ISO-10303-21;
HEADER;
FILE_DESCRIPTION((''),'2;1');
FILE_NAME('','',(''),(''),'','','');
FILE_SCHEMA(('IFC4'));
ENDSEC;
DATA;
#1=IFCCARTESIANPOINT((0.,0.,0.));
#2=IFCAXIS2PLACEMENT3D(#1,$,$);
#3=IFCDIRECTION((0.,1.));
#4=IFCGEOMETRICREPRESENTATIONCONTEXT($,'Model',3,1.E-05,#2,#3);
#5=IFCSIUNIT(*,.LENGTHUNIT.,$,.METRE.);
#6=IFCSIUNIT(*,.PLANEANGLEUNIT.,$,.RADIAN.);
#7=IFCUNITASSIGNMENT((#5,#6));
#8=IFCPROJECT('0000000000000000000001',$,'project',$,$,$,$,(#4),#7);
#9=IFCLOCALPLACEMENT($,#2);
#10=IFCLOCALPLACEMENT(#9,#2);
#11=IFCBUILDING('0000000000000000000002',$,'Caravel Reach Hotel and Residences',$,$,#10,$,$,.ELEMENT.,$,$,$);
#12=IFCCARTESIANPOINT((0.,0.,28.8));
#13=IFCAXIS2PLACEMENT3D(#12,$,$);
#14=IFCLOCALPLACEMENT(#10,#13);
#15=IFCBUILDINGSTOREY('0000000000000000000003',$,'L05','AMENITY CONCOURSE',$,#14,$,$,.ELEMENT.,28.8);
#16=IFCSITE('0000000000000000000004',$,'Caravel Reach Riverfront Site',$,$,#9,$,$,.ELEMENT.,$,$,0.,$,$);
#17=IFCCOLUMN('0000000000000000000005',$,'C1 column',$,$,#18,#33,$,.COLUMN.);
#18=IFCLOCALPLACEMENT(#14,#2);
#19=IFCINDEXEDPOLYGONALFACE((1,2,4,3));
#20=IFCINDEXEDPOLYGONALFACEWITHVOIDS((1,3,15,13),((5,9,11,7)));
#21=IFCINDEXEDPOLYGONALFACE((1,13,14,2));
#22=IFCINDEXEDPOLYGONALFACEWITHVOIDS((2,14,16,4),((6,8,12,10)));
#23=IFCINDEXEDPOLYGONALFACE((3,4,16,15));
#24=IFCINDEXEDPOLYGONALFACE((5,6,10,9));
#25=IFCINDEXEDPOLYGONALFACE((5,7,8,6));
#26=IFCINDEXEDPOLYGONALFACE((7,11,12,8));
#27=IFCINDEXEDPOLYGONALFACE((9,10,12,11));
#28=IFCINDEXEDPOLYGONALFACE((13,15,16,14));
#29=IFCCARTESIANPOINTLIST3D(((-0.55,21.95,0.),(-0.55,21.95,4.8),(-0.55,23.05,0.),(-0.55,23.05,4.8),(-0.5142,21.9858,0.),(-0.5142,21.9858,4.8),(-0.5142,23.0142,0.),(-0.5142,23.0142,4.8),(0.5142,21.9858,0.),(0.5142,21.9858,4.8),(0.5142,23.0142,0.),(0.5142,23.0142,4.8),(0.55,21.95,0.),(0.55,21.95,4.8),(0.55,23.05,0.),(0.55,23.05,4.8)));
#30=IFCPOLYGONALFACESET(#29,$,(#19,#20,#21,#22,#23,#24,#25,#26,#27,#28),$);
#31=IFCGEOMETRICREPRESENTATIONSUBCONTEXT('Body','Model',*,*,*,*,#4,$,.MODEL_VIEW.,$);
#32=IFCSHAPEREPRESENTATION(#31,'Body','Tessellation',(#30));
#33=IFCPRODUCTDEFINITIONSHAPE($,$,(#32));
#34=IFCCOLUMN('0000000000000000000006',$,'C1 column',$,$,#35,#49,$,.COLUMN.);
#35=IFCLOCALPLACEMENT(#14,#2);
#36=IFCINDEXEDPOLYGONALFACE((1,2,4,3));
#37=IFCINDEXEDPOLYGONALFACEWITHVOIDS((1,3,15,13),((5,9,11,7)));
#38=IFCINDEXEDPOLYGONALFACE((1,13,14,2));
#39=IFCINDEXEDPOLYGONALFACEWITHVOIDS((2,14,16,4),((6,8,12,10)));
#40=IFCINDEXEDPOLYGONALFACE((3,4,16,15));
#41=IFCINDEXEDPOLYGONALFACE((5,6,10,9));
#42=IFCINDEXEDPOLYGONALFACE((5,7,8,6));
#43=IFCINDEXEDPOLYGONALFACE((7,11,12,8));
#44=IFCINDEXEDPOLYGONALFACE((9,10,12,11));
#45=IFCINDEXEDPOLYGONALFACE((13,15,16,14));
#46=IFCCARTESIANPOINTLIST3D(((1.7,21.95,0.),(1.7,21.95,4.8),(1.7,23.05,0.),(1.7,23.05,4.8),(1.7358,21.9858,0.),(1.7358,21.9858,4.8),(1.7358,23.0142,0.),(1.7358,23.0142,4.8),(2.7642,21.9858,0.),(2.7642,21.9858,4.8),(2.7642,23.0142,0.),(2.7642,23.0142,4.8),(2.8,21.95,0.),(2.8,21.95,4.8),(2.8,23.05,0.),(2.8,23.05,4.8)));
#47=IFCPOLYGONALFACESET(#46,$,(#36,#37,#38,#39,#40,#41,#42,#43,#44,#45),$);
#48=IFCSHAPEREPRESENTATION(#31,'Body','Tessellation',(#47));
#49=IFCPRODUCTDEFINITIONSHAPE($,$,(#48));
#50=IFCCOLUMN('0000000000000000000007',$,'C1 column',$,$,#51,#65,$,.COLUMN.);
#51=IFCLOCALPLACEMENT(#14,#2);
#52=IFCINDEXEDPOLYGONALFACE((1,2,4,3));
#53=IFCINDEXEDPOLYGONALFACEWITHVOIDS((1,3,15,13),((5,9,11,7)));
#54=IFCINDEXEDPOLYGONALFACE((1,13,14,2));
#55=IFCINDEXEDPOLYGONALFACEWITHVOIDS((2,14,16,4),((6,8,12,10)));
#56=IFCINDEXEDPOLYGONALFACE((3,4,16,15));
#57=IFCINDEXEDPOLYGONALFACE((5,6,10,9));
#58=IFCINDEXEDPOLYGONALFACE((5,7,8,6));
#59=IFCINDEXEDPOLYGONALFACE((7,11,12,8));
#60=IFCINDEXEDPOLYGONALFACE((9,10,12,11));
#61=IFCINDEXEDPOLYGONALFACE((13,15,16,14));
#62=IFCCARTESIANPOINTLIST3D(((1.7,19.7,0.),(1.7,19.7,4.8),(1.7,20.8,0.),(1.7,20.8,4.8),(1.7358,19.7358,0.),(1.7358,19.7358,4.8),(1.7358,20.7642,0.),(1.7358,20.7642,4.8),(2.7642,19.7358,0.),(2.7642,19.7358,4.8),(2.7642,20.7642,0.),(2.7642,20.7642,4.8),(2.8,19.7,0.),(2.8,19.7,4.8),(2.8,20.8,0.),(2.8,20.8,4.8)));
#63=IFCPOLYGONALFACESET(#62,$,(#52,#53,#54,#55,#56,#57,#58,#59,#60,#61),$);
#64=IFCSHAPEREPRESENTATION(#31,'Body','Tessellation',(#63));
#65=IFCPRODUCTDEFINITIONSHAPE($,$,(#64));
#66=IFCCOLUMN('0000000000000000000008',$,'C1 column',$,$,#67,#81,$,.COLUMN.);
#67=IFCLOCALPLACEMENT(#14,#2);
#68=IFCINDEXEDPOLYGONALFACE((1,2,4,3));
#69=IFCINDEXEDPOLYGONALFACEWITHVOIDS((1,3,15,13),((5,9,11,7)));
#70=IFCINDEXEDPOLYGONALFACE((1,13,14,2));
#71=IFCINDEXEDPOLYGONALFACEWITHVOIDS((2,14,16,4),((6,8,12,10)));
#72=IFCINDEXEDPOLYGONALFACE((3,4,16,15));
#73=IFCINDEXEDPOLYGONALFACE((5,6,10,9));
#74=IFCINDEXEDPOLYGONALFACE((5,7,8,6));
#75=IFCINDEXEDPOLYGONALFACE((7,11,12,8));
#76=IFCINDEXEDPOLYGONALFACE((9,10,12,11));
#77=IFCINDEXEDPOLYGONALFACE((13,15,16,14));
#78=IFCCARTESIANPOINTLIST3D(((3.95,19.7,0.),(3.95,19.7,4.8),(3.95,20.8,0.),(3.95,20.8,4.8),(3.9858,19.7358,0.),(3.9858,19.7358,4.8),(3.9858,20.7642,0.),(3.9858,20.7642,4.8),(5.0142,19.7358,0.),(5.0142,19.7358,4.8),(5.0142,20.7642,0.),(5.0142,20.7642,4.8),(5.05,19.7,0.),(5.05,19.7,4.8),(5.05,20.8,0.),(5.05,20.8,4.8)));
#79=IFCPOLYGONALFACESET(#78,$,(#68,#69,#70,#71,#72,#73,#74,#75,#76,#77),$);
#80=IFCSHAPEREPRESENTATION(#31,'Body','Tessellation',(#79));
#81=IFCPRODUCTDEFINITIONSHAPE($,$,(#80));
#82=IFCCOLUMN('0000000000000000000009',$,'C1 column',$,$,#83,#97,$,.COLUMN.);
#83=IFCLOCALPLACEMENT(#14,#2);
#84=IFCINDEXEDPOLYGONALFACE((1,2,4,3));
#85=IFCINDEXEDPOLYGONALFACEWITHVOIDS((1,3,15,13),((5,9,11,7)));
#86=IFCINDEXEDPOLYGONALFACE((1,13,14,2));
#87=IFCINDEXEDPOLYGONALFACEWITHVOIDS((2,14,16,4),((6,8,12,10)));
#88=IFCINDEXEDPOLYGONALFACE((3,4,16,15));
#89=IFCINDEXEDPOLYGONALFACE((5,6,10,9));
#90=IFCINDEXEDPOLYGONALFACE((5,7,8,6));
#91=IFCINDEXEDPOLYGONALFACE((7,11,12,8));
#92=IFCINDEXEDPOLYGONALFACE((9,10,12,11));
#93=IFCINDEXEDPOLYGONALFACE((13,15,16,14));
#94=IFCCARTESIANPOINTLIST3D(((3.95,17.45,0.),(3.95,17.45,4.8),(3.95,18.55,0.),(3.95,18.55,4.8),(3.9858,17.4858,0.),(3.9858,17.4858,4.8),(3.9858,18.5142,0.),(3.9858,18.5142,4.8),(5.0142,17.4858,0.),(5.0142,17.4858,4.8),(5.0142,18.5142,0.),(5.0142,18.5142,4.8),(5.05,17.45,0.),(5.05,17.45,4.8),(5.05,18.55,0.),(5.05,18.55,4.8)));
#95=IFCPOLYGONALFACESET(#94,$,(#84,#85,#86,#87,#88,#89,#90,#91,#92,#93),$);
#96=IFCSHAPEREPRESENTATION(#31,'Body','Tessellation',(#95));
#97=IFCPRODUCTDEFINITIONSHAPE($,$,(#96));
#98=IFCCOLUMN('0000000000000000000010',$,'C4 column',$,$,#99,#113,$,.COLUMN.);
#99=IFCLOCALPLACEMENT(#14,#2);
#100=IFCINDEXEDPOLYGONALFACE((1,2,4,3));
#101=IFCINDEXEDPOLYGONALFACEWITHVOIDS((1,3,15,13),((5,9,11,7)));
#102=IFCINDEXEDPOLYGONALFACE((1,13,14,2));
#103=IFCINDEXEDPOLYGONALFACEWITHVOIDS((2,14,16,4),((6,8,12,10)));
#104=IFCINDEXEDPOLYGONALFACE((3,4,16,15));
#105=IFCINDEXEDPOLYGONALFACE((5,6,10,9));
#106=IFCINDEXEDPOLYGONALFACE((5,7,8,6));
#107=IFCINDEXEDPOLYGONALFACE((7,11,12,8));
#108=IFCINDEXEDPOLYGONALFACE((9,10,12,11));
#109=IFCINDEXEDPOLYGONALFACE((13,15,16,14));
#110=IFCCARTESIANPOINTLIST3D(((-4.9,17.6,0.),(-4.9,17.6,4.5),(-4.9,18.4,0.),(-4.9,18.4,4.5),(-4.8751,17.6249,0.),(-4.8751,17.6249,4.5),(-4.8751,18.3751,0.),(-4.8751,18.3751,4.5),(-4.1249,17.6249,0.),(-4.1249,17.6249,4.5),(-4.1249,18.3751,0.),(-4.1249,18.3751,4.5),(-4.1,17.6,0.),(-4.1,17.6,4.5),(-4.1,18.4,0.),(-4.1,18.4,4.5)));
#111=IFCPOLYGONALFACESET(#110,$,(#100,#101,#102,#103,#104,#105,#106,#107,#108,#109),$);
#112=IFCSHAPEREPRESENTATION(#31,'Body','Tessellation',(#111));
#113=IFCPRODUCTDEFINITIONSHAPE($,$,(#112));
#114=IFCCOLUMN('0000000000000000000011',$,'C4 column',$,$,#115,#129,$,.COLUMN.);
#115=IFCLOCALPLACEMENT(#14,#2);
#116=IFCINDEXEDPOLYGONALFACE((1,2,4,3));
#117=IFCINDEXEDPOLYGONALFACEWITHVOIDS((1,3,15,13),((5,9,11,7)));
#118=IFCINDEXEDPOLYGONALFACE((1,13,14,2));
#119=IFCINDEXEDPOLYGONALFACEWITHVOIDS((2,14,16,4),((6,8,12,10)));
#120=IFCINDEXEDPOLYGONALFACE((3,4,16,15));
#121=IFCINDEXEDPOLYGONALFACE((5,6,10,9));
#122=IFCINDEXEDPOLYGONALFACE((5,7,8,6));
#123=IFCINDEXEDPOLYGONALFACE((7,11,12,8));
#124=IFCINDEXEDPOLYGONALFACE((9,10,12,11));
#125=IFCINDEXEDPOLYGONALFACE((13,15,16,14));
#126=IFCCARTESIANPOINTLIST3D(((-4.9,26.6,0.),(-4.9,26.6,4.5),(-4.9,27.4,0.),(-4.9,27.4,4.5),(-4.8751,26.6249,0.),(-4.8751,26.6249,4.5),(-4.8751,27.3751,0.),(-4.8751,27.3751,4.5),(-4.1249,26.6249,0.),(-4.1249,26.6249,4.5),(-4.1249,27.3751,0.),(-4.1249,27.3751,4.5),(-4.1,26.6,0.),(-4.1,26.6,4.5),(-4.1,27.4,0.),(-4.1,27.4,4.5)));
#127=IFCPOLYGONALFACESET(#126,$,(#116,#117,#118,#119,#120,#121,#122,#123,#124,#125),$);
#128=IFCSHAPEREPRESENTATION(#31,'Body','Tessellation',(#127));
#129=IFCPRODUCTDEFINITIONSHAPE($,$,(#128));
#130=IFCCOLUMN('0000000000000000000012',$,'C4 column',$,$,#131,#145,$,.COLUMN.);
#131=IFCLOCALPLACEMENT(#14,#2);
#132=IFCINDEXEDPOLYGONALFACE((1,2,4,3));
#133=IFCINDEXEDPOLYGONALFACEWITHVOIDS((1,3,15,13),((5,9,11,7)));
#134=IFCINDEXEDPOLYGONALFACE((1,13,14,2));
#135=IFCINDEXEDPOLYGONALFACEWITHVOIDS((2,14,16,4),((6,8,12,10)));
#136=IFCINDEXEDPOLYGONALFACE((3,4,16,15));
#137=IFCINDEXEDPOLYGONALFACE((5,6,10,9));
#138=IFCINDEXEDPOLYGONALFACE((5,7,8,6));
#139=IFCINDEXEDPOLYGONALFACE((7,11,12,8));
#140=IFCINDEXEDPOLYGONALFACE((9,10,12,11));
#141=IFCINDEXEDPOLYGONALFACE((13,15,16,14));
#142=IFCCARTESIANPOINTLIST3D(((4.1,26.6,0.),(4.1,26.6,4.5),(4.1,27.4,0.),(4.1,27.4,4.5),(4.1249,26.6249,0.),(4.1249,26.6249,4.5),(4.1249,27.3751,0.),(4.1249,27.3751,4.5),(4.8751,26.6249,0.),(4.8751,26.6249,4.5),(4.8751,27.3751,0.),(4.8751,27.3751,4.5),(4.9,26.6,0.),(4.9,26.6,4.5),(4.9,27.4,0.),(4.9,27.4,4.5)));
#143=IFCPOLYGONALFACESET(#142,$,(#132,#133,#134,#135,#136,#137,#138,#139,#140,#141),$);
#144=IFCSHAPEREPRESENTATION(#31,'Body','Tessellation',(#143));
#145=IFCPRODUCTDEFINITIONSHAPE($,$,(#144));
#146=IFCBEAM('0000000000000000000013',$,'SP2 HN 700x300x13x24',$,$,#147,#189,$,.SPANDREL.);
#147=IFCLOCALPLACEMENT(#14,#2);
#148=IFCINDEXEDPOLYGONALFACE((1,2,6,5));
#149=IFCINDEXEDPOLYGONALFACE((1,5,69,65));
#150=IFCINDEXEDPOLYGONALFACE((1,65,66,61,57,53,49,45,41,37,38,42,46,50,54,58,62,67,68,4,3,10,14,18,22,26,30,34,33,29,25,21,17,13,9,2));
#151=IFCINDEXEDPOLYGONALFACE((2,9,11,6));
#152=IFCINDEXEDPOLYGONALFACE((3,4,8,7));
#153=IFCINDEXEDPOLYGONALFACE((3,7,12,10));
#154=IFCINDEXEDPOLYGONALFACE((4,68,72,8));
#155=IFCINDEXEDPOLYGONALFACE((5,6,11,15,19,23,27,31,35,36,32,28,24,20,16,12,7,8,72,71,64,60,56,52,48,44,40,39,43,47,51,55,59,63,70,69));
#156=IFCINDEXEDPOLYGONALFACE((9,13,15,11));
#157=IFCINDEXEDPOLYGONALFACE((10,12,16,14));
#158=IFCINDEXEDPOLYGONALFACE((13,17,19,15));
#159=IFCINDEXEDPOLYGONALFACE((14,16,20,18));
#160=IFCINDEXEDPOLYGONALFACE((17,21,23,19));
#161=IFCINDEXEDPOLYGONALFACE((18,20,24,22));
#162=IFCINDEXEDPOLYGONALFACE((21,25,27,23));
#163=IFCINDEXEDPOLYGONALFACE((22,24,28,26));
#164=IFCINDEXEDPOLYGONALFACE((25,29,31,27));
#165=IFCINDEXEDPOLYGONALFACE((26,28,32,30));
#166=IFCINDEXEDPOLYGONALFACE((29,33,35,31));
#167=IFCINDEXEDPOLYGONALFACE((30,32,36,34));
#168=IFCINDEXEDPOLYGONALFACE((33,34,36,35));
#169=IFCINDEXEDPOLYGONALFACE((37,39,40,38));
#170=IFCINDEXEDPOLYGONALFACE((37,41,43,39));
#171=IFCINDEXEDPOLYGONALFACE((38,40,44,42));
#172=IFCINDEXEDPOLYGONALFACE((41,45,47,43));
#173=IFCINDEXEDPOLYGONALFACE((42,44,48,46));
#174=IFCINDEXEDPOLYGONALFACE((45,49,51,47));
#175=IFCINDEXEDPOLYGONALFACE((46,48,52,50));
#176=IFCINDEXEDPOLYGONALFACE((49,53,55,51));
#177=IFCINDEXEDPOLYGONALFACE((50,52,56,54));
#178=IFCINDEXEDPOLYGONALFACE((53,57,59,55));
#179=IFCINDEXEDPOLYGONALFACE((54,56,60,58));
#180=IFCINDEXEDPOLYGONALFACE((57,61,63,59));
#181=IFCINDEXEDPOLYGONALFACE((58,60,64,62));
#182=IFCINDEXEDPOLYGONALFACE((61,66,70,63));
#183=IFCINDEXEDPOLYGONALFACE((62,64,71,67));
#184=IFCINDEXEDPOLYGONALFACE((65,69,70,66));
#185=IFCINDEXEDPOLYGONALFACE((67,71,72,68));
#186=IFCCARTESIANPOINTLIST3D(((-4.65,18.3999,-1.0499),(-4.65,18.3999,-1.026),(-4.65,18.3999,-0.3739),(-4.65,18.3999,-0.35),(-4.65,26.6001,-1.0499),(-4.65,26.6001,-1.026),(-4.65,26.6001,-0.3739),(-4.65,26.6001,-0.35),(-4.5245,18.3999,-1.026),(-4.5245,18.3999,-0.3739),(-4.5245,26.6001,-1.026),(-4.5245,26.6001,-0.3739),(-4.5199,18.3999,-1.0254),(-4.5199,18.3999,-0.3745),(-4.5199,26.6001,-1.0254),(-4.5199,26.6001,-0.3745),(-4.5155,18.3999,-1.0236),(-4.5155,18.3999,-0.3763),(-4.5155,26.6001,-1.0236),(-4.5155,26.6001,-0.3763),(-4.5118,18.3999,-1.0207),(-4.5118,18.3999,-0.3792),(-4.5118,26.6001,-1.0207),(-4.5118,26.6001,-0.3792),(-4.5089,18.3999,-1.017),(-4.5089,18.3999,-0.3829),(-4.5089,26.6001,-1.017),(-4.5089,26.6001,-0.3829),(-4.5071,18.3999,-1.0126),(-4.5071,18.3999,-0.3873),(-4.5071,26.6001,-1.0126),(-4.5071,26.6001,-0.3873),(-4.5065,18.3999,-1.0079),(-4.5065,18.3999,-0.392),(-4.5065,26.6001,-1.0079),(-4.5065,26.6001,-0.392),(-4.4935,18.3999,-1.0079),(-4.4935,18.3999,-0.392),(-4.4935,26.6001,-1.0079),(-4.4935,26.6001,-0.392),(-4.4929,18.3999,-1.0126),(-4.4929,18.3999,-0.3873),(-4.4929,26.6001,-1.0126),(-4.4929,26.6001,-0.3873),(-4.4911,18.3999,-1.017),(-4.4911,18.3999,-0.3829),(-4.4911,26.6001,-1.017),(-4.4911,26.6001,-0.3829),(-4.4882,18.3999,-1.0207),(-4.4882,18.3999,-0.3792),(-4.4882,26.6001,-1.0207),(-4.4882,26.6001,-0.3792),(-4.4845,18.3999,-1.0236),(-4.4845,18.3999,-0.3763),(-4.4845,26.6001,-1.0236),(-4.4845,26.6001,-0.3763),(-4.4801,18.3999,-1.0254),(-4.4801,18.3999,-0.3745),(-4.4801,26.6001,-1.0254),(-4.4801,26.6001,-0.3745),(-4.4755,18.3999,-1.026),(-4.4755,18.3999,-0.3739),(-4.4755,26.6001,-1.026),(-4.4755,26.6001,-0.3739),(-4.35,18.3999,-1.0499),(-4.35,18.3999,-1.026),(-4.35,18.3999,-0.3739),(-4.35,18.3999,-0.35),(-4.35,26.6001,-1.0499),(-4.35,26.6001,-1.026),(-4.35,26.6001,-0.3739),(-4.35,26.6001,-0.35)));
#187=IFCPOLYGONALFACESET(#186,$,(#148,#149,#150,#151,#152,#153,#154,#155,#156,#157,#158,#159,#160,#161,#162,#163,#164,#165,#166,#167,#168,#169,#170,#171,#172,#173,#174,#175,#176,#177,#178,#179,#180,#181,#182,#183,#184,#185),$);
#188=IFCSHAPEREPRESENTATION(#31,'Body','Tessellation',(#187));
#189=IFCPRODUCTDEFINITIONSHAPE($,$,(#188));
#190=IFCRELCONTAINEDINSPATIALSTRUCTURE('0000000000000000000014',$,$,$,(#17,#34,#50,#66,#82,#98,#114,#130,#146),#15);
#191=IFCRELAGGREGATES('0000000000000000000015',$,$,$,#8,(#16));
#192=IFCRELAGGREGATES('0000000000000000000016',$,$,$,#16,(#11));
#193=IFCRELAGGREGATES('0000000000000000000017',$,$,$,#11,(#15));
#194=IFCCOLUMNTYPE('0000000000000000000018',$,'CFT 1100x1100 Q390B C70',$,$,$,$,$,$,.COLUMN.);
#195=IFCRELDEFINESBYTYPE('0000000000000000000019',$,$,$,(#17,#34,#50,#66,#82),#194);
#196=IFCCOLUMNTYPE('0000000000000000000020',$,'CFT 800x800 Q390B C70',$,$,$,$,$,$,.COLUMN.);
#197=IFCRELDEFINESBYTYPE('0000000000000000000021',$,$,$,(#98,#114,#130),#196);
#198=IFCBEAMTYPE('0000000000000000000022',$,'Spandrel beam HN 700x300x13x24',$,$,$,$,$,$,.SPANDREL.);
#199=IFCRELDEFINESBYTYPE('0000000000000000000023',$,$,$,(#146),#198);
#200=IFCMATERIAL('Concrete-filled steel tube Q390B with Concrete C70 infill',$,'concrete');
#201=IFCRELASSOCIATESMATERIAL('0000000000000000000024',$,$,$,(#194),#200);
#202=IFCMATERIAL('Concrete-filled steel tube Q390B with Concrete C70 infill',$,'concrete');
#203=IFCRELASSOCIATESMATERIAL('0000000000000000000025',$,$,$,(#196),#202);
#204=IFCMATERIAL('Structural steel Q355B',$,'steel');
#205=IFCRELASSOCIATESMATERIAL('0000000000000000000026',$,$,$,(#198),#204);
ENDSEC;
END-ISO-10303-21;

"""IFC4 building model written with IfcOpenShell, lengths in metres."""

from ifc_helpers import new_model, si_unit, direction, frame, origin, origin_2d, place, context, subcontext, project, spatial, hollow_rectangle, i_section, extrude, material, material_profile, profile_set, type_object, element, save


model = new_model("IFC4")

# Units and contexts
model_context = context("Model", 3, precision=1e-05, world=origin(), true_north=direction((0.0, 1.0)))
body_context = subcontext(model_context, "Body", "Model", "MODEL_VIEW")
ifc_project = project(units=[si_unit("LENGTHUNIT", "METRE"), si_unit("PLANEANGLEUNIT", "RADIAN")], contexts=[model_context])

# Site, building, storey
site_placement = place(None, origin())
site = spatial("IfcSite", under=ifc_project, at=site_placement, Name="Caravel Reach Riverfront Site", CompositionType="ELEMENT", RefElevation=0.0)
building_placement = place(site_placement, origin())
building = spatial("IfcBuilding", under=site, at=building_placement, Name="Caravel Reach Hotel and Residences", CompositionType="ELEMENT")
storey_placement = place(building_placement, frame((0.0, 0.0, 28.8)))
storey = spatial("IfcBuildingStorey", under=building, at=storey_placement, Name="L05", Description="AMENITY CONCOURSE", CompositionType="ELEMENT", Elevation=28.8)

# Columns
ifc_material_1 = material(Name="Concrete-filled steel tube Q390B with Concrete C70 infill", Category="concrete")
ifc_material_profile_1 = material_profile(ifc_material_1, hollow_rectangle(XDim=1.1001, YDim=1.1001, WallThickness=0.0359, at=origin_2d()), Name="RHS 1100x1100x36")
ifc_profile_set_1 = profile_set([ifc_material_profile_1], Name="Concrete-filled steel tube Q390B with Concrete C70 infill")
column_type_1 = type_object("IfcColumnType", Name="CFT 1100x1100 Q390B C70", PredefinedType="COLUMN", material=ifc_profile_set_1)
for number, where, z_axis, x_axis, name in (
    (1, (0.0, 22.5, 0.0), (0.0, 0.0, 1.0), (1.0, 0.0, 0.0), "C1 column"),
    (2, (2.25, 22.5, 0.0), (0.0, 0.0, 1.0), (1.0, 0.0, 0.0), "C1 column"),
    (3, (2.25, 20.25, 0.0), (0.0, 0.0, 1.0), (1.0, 0.0, 0.0), "C1 column"),
    (4, (4.5, 20.25, 0.0), (0.0, 0.0, 1.0), (1.0, 0.0, 0.0), "C1 column"),
    (5, (4.5, 18.0, 0.0), (0.0, 0.0, 1.0), (1.0, 0.0, 0.0), "C1 column"),
):
    element("IfcColumn", number, at=place(storey_placement, frame(where, z_axis=z_axis, x_axis=x_axis)), inside=storey, type_object=column_type_1, Name=name, PredefinedType="COLUMN", context=body_context, shape_type="SweptSolid", body=[
        extrude(hollow_rectangle(XDim=1.1001, YDim=1.1001, WallThickness=0.0359, at=origin_2d()), origin(), (0.0, 0.0, 1.0), 4.8),
    ])
ifc_material_2 = material(Name="Concrete-filled steel tube Q390B with Concrete C70 infill", Category="concrete")
ifc_material_profile_2 = material_profile(ifc_material_2, hollow_rectangle(XDim=0.8, YDim=0.8, WallThickness=0.0249, at=origin_2d()), Name="RHS 800x800x25")
ifc_profile_set_2 = profile_set([ifc_material_profile_2], Name="Concrete-filled steel tube Q390B with Concrete C70 infill")
column_type_2 = type_object("IfcColumnType", Name="CFT 800x800 Q390B C70", PredefinedType="COLUMN", material=ifc_profile_set_2)
for number, where, z_axis, x_axis, name in (
    (6, (-4.5, 18.0, 0.0), (0.0, 0.0, 1.0), (1.0, 0.0, 0.0), "C4 column"),
    (7, (-4.5, 27.0, 0.0), (0.0, 0.0, 1.0), (1.0, 0.0, 0.0), "C4 column"),
    (8, (4.5, 27.0, 0.0), (0.0, 0.0, 1.0), (1.0, 0.0, 0.0), "C4 column"),
):
    element("IfcColumn", number, at=place(storey_placement, frame(where, z_axis=z_axis, x_axis=x_axis)), inside=storey, type_object=column_type_2, Name=name, PredefinedType="COLUMN", context=body_context, shape_type="SweptSolid", body=[
        extrude(hollow_rectangle(XDim=0.8, YDim=0.8, WallThickness=0.0249, at=origin_2d()), origin(), (0.0, 0.0, 1.0), 4.5),
    ])

# Beam
ifc_material_3 = material(Name="Structural steel Q355B", Category="steel")
ifc_material_profile_3 = material_profile(ifc_material_3, i_section(OverallWidth=0.3, OverallDepth=0.7, WebThickness=0.0129, FlangeThickness=0.0239, FilletRadius=0.0181, at=origin_2d()), Name="HN 700x300x13x24")
ifc_profile_set_3 = profile_set([ifc_material_profile_3], Name="Structural steel Q355B")
beam_type = type_object("IfcBeamType", Name="Spandrel beam HN 700x300x13x24", PredefinedType="SPANDREL", material=ifc_profile_set_3)
for number, where, z_axis, x_axis, name in (
    (9, (-4.5, 26.6001, -0.7), (0.0, -1.0, 0.0), (1.0, 0.0, 0.0), "SP2 HN 700x300x13x24"),
):
    element("IfcBeam", number, at=place(storey_placement, frame(where, z_axis=z_axis, x_axis=x_axis)), inside=storey, type_object=beam_type, Name=name, PredefinedType="SPANDREL", context=body_context, shape_type="SweptSolid", body=[
        extrude(i_section(OverallWidth=0.3, OverallDepth=0.7, WebThickness=0.0129, FlangeThickness=0.0239, FilletRadius=0.0181, at=origin_2d()), origin(), (0.0, 0.0, 1.0), 8.2002),
    ])

save(model, "model.ifc")
